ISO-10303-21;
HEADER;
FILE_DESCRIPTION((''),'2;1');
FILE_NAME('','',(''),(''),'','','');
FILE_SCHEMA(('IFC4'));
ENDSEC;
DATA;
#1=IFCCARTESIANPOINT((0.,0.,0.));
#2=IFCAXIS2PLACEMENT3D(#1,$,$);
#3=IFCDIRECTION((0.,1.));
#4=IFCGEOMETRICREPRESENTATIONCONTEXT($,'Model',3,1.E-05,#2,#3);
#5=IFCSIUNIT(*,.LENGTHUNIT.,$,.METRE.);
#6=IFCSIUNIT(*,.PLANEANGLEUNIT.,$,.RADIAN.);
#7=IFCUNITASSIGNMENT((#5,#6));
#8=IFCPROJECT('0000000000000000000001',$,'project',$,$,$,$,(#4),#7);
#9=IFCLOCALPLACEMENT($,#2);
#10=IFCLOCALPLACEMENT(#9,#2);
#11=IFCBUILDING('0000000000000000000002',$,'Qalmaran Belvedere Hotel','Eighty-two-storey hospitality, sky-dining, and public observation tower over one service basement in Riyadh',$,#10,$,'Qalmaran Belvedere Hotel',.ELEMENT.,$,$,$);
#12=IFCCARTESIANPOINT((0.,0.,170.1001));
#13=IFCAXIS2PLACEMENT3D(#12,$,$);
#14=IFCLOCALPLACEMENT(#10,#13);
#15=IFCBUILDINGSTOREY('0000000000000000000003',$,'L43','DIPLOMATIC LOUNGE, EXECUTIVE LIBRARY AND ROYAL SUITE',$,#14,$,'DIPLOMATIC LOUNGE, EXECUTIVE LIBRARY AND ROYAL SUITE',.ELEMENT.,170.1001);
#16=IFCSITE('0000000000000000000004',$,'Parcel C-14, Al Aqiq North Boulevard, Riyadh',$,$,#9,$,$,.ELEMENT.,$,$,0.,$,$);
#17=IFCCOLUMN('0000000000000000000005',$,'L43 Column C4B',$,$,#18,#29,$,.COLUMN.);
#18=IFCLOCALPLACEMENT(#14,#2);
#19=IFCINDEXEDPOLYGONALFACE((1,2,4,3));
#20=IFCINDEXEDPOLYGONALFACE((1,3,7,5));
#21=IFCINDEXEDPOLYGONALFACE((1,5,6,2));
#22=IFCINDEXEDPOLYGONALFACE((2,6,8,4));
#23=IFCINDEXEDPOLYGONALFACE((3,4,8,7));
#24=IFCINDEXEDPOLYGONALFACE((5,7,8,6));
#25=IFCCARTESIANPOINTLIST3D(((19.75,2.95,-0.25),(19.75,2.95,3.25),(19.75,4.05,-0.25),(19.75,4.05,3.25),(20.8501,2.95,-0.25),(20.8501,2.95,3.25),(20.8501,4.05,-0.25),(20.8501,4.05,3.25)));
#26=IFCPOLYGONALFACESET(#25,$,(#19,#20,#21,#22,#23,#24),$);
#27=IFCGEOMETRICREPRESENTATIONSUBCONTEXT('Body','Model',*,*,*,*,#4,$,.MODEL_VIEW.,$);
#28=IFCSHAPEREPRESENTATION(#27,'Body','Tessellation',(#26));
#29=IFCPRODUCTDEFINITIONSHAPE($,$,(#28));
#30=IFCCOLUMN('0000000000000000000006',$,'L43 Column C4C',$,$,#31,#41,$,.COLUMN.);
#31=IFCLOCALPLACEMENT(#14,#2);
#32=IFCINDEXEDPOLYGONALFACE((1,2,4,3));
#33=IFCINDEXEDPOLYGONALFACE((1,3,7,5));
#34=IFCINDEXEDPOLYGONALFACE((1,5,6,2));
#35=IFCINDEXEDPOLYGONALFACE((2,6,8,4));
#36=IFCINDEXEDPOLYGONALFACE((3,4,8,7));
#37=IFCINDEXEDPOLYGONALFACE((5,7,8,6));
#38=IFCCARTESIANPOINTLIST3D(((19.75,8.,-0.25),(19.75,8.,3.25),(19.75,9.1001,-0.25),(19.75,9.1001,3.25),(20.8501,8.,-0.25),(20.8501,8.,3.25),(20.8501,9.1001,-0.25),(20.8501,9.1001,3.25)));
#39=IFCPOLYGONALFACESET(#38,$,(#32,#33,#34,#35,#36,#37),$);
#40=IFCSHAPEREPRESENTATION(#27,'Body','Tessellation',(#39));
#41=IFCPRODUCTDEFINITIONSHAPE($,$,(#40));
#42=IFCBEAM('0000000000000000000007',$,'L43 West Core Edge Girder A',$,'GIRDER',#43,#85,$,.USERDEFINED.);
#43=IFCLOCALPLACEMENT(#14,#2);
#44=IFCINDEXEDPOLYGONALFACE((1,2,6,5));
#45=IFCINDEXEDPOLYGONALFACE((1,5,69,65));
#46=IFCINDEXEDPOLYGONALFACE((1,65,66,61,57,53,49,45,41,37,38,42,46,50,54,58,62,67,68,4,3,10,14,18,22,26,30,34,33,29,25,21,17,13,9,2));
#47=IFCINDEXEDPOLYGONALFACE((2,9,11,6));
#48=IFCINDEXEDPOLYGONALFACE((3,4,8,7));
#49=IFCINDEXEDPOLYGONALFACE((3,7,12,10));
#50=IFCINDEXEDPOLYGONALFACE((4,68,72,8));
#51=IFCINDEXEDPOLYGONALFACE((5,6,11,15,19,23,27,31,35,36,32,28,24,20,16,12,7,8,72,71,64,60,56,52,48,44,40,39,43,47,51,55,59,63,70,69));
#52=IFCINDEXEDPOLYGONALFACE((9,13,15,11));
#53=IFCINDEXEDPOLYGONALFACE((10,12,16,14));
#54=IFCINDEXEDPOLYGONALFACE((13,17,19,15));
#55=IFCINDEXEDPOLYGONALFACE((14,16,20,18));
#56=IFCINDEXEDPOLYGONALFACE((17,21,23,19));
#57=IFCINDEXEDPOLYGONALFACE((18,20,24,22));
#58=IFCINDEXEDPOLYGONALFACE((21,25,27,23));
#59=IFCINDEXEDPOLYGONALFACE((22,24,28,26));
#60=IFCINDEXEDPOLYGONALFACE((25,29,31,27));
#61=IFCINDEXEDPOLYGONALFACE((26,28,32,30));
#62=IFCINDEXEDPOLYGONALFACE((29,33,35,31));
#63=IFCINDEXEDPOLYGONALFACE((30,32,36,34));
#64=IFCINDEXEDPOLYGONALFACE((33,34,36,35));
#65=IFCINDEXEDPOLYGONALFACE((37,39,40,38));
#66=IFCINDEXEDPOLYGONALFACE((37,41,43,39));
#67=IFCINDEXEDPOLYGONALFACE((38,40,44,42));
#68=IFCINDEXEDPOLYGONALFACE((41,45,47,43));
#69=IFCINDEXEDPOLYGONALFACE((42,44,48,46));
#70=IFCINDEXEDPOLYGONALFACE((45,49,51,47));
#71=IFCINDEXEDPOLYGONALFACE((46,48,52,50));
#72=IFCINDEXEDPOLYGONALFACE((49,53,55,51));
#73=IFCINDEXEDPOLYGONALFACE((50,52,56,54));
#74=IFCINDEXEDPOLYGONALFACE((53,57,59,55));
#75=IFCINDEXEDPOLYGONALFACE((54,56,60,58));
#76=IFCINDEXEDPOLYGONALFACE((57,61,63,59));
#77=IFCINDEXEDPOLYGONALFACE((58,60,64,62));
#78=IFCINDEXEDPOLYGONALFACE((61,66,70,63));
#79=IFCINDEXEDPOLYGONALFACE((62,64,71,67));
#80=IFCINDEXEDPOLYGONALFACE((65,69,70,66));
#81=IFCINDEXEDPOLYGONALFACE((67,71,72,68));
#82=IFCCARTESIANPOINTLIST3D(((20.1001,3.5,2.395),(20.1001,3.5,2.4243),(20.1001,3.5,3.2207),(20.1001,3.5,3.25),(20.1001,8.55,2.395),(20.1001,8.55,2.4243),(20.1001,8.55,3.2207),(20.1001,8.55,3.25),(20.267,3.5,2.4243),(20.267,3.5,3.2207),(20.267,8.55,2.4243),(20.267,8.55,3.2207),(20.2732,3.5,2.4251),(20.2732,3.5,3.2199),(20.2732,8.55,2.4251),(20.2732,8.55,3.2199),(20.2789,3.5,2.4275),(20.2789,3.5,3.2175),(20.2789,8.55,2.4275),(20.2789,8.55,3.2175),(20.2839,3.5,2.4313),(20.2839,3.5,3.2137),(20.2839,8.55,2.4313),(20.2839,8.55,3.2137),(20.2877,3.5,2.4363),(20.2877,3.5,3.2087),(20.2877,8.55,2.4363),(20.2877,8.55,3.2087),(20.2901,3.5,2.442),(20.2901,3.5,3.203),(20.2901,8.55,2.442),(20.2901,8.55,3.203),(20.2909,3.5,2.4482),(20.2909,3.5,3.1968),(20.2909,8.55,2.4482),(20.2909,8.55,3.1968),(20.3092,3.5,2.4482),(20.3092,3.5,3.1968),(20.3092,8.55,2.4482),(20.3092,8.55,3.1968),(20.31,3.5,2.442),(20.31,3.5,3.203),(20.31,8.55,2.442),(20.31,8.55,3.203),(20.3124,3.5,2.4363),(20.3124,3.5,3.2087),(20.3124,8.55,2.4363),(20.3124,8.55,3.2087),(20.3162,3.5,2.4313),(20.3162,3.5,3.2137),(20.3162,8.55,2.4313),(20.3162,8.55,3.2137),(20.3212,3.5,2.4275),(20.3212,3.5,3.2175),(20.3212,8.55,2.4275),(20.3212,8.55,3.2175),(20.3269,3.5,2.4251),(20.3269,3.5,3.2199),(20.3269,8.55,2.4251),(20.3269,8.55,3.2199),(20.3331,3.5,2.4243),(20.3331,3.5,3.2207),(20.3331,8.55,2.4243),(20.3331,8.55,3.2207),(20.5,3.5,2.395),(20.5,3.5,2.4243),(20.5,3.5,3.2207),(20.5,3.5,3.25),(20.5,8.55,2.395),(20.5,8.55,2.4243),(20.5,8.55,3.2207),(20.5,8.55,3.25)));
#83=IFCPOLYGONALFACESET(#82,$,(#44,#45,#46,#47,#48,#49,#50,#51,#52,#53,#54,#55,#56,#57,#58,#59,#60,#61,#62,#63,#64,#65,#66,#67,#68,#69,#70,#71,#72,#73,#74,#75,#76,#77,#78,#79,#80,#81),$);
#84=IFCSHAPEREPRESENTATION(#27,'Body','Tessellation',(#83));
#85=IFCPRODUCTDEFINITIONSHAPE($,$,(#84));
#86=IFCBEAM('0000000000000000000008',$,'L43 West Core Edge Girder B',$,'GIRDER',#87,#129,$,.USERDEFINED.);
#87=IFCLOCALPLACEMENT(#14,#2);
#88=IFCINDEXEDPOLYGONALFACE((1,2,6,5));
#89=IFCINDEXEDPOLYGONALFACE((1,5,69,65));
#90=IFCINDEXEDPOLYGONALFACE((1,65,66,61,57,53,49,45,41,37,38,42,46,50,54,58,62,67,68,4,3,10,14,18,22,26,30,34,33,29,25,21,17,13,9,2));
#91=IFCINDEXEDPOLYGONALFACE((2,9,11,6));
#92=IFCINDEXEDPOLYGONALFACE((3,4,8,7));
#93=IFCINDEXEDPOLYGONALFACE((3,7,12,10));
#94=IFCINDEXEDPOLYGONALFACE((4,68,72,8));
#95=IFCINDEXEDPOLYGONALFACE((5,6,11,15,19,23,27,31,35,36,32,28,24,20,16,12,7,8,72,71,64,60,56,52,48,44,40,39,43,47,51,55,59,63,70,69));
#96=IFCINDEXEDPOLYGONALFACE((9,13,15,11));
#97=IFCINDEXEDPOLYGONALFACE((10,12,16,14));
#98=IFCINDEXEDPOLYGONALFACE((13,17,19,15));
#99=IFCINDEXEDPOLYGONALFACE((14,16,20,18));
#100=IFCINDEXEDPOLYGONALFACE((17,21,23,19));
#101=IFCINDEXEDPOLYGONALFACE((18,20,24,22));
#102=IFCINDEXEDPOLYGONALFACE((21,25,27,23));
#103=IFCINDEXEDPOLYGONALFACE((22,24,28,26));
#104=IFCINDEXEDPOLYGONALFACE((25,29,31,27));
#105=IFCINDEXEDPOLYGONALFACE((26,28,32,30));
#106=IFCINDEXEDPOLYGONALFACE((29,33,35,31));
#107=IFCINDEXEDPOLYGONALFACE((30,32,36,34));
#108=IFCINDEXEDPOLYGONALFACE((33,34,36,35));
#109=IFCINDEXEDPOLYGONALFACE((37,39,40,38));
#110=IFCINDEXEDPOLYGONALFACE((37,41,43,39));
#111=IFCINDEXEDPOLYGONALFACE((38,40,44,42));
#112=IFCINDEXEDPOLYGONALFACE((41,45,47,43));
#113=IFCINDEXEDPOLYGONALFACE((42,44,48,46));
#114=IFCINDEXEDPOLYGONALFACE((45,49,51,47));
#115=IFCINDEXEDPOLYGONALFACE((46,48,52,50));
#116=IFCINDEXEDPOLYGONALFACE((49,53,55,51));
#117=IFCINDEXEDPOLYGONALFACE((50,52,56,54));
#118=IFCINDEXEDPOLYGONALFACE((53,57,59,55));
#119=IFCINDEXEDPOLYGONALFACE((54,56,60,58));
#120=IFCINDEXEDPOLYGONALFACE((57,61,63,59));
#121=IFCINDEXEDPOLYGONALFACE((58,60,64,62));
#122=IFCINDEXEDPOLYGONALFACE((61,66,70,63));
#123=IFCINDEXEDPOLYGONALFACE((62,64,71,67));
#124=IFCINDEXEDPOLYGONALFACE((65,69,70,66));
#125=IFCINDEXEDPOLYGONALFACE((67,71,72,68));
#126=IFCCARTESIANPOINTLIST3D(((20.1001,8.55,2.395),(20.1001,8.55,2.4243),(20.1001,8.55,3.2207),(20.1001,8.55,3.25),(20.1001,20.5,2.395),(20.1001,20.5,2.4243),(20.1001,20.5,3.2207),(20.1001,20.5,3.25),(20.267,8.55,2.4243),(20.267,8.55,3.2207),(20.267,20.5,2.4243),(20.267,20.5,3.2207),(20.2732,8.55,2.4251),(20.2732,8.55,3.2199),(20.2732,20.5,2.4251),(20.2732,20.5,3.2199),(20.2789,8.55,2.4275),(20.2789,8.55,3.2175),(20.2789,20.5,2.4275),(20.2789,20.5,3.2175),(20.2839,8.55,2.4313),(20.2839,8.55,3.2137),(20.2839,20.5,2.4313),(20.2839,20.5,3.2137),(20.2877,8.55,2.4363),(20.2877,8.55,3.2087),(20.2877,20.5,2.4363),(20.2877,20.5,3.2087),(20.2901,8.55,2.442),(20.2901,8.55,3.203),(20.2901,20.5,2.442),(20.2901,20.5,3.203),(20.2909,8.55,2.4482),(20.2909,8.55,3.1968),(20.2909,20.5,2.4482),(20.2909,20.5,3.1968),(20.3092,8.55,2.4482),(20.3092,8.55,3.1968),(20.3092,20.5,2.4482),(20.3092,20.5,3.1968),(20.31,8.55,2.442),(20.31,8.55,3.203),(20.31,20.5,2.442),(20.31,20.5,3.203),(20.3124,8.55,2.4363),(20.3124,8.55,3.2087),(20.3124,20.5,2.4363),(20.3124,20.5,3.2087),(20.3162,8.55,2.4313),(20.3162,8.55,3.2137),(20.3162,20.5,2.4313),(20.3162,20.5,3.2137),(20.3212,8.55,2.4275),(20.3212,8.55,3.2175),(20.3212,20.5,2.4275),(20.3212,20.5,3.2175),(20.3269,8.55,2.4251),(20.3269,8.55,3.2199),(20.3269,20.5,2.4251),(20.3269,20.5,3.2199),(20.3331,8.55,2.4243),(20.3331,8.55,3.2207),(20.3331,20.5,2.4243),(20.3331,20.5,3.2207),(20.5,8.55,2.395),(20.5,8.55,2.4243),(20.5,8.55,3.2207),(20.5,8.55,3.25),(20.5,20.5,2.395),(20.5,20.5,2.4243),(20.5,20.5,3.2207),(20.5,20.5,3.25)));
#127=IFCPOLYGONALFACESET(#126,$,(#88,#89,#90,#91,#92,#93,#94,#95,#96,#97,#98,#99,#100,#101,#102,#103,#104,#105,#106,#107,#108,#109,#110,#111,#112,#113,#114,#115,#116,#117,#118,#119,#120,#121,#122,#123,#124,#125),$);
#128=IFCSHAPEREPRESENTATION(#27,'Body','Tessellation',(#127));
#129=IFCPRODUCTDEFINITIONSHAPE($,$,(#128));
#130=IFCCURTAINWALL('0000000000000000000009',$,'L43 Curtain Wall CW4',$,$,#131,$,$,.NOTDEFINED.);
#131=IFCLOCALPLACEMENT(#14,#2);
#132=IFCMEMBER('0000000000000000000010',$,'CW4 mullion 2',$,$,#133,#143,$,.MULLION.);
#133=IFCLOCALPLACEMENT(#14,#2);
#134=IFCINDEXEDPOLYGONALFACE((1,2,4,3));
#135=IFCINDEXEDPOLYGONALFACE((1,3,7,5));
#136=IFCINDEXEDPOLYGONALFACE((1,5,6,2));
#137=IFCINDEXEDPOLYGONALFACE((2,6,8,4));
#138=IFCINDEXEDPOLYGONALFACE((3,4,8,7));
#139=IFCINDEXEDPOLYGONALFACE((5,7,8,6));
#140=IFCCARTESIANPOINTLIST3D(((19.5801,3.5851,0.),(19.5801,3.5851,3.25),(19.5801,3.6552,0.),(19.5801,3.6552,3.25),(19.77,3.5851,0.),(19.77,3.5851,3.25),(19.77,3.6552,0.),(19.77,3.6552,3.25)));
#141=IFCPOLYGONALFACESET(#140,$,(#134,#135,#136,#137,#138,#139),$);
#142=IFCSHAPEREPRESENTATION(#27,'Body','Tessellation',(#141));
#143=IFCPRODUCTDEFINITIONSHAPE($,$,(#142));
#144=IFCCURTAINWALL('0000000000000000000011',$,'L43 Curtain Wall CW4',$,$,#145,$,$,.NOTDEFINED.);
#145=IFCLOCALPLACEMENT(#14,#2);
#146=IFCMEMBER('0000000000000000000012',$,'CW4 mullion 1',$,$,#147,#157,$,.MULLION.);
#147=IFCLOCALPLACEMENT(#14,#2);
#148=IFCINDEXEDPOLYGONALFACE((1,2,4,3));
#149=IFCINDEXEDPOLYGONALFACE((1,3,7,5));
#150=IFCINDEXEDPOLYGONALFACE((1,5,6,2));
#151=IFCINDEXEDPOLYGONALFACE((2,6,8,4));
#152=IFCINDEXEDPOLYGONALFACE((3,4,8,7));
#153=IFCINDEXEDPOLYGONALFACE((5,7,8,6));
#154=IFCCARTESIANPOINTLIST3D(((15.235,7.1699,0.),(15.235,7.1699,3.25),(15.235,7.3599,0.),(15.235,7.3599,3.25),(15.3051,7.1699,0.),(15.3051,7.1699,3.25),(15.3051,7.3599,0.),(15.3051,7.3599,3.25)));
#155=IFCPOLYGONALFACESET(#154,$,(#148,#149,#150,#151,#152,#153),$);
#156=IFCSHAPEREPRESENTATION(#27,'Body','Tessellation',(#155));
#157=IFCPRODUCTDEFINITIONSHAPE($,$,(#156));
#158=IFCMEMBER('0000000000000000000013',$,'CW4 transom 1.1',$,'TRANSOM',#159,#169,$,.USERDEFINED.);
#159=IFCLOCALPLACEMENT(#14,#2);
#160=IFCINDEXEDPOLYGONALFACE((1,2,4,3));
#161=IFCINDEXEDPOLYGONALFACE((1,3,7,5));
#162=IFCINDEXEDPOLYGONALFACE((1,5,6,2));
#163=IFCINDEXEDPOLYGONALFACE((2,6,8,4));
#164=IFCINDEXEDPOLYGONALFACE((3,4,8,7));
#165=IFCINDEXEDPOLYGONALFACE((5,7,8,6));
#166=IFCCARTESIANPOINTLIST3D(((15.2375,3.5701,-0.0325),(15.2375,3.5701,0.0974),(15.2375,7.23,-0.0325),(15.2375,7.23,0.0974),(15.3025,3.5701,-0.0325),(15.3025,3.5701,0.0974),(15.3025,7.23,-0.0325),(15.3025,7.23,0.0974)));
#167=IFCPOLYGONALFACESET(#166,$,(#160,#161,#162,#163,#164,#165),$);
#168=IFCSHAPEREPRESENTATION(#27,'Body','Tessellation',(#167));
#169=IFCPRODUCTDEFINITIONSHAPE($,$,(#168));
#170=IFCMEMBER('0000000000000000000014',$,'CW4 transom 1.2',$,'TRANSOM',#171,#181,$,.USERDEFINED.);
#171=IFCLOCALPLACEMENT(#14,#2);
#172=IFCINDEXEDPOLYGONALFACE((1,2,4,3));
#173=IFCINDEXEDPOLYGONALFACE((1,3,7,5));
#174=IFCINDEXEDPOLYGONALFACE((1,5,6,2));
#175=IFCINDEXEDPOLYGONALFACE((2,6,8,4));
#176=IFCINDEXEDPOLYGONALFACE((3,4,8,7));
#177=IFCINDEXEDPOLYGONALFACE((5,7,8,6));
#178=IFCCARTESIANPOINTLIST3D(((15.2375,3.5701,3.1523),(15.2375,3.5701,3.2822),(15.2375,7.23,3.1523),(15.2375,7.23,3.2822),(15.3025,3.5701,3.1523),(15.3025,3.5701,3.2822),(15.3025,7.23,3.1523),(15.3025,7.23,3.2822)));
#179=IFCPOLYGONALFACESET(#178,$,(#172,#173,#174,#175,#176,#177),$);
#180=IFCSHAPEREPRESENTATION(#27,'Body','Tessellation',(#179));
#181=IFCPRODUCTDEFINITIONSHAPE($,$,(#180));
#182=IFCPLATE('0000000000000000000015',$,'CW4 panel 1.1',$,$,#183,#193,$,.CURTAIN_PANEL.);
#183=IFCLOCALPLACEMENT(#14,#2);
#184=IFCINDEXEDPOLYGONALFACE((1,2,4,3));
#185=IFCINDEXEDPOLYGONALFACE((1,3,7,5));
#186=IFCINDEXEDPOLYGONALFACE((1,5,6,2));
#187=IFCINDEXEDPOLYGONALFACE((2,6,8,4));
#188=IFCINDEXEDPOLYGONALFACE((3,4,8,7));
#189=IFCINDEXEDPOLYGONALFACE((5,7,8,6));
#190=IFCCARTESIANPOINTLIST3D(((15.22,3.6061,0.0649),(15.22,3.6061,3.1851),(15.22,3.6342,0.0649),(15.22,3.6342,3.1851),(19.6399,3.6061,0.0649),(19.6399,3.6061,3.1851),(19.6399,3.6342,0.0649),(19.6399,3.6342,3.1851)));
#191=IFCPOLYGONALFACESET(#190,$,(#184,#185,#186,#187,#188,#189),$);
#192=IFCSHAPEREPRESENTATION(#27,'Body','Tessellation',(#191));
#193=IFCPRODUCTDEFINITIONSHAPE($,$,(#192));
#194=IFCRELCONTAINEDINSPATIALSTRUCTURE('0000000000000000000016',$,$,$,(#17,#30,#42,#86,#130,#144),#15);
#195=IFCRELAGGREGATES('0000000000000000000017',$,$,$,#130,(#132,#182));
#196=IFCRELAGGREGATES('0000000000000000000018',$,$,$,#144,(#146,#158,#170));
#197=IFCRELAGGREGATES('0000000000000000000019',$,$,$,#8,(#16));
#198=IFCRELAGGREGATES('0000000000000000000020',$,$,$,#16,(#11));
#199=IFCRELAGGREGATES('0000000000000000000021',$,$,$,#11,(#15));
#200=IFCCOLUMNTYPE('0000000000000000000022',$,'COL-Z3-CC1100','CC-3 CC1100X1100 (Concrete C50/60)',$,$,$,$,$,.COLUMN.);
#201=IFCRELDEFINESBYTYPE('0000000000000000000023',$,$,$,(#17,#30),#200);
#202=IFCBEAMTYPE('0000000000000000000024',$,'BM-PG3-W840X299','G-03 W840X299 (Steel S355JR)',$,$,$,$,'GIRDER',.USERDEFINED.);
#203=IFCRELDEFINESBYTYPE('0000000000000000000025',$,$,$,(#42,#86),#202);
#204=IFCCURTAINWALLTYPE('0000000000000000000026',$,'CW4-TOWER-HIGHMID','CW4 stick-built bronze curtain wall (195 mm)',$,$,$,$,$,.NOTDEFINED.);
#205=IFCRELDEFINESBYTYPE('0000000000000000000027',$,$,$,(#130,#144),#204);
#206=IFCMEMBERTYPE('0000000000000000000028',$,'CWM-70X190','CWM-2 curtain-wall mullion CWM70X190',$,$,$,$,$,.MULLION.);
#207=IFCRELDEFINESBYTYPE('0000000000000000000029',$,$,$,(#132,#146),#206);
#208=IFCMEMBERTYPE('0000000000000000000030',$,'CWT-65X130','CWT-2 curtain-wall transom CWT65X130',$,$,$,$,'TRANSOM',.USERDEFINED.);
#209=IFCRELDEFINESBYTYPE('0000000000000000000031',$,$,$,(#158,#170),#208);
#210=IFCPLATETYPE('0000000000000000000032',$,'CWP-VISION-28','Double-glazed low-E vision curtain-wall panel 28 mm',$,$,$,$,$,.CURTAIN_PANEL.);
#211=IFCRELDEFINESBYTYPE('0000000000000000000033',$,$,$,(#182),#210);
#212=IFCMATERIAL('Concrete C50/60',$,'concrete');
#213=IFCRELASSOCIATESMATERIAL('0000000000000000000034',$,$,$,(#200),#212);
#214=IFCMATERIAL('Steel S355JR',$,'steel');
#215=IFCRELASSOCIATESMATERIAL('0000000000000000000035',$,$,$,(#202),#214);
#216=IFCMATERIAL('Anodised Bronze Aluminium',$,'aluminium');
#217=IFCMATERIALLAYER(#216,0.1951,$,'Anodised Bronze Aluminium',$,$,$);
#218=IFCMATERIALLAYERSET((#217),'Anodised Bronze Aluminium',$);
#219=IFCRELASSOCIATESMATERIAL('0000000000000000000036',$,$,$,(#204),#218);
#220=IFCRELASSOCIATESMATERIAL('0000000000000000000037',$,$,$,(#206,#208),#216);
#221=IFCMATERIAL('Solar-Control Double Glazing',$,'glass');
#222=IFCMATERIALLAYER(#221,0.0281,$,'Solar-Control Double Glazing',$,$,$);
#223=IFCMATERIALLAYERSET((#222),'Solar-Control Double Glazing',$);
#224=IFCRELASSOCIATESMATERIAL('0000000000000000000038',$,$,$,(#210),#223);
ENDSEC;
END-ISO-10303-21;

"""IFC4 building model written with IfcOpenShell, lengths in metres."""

from ifc_helpers import new_model, si_unit, direction, frame, origin, origin_2d, place, context, subcontext, project, spatial, rectangle, i_section, extrude, material, layer, layer_set, material_profile, profile_set, type_object, element, aggregate, save


model = new_model("IFC4")

# Units and contexts
model_context = context("Model", 3, precision=1e-05, world=origin(), true_north=direction((0.0, 1.0)))
body_context = subcontext(model_context, "Body", "Model", "MODEL_VIEW")
ifc_project = project(units=[si_unit("LENGTHUNIT", "METRE"), si_unit("PLANEANGLEUNIT", "RADIAN")], contexts=[model_context])

# Site, building, storey
site_placement = place(None, origin())
site = spatial("IfcSite", under=ifc_project, at=site_placement, Name="Parcel C-14, Al Aqiq North Boulevard, Riyadh", CompositionType="ELEMENT", RefElevation=0.0)
building_placement = place(site_placement, origin())
building = spatial("IfcBuilding", under=site, at=building_placement, Name="Qalmaran Belvedere Hotel", Description="Eighty-two-storey hospitality, sky-dining, and public observation tower over one service basement in Riyadh", LongName="Qalmaran Belvedere Hotel", CompositionType="ELEMENT")
storey_placement = place(building_placement, frame((0.0, 0.0, 170.1001)))
storey = spatial("IfcBuildingStorey", under=building, at=storey_placement, Name="L43", Description="DIPLOMATIC LOUNGE, EXECUTIVE LIBRARY AND ROYAL SUITE", LongName="DIPLOMATIC LOUNGE, EXECUTIVE LIBRARY AND ROYAL SUITE", CompositionType="ELEMENT", Elevation=170.1001)

# Columns
ifc_material_1 = material(Name="Concrete C50/60", Category="concrete")
ifc_material_profile_1 = material_profile(ifc_material_1, rectangle(XDim=1.1001, YDim=1.1001, at=origin_2d()), Name="CC1100X1100")
ifc_profile_set_1 = profile_set([ifc_material_profile_1], Name="Concrete C50/60")
column_type = type_object("IfcColumnType", Name="COL-Z3-CC1100", Description="CC-3 CC1100X1100 (Concrete C50/60)", PredefinedType="COLUMN", material=ifc_profile_set_1)
for number, where, z_axis, x_axis, name in (
    (1, (20.3, 3.5, -0.25), (0.0, 0.0, 1.0), (1.0, 0.0, 0.0), "L43 Column C4B"),
    (2, (20.3, 8.55, -0.25), (0.0, 0.0, 1.0), (1.0, 0.0, 0.0), "L43 Column C4C"),
):
    element("IfcColumn", number, at=place(storey_placement, frame(where, z_axis=z_axis, x_axis=x_axis)), inside=storey, type_object=column_type, Name=name, PredefinedType="COLUMN", context=body_context, shape_type="SweptSolid", body=[
        extrude(rectangle(XDim=1.1001, YDim=1.1001, at=origin_2d()), origin(), (0.0, 0.0, 1.0), 3.5),
    ])

# Beams
ifc_material_2 = material(Name="Steel S355JR", Category="steel")
ifc_material_profile_2 = material_profile(ifc_material_2, i_section(OverallWidth=0.3999, OverallDepth=0.855, WebThickness=0.0183, FlangeThickness=0.0293, FilletRadius=0.0239, at=origin_2d()), Name="W840X299")
ifc_profile_set_2 = profile_set([ifc_material_profile_2], Name="Steel S355JR")
beam_type = type_object("IfcBeamType", Name="BM-PG3-W840X299", Description="G-03 W840X299 (Steel S355JR)", ElementType="GIRDER", PredefinedType="USERDEFINED", material=ifc_profile_set_2)
beam_1_placement = place(storey_placement, frame((20.3, 3.5, 2.8225), z_axis=(0.0, 1.0, 0.0), x_axis=(-1.0, 0.0, 0.0)))
element("IfcBeam", 3, at=beam_1_placement, inside=storey, type_object=beam_type, Name="L43 West Core Edge Girder A", ObjectType="GIRDER", PredefinedType="USERDEFINED", context=body_context, shape_type="SweptSolid", body=[
    extrude(i_section(OverallWidth=0.3999, OverallDepth=0.855, WebThickness=0.0183, FlangeThickness=0.0293, FilletRadius=0.0239, at=origin_2d()), origin(), (0.0, 0.0, 1.0), 5.05),
])
beam_2_placement = place(storey_placement, frame((20.3, 8.55, 2.8225), z_axis=(0.0, 1.0, 0.0), x_axis=(-1.0, 0.0, 0.0)))
element("IfcBeam", 4, at=beam_2_placement, inside=storey, type_object=beam_type, Name="L43 West Core Edge Girder B", ObjectType="GIRDER", PredefinedType="USERDEFINED", context=body_context, shape_type="SweptSolid", body=[
    extrude(i_section(OverallWidth=0.3999, OverallDepth=0.855, WebThickness=0.0183, FlangeThickness=0.0293, FilletRadius=0.0239, at=origin_2d()), origin(), (0.0, 0.0, 1.0), 11.95),
])

# Curtain wall, member
ifc_material_3 = material(Name="Anodised Bronze Aluminium", Category="aluminium")
ifc_layer_1 = layer(ifc_material_3, 0.1951, Name="Anodised Bronze Aluminium")
ifc_layer_set_1 = layer_set([ifc_layer_1], Name="Anodised Bronze Aluminium")
curtain_wall_type = type_object("IfcCurtainWallType", Name="CW4-TOWER-HIGHMID", Description="CW4 stick-built bronze curtain wall (195 mm)", PredefinedType="NOTDEFINED", material=ifc_layer_set_1)
curtain_wall_1_placement = place(storey_placement, origin())
curtain_wall_1 = element("IfcCurtainWall", 5, at=curtain_wall_1_placement, inside=storey, type_object=curtain_wall_type, Name="L43 Curtain Wall CW4", PredefinedType="NOTDEFINED")
ifc_material_profile_3 = material_profile(ifc_material_3, rectangle(XDim=0.0701, YDim=0.1899, at=origin_2d()), Name="CWM70X190")
ifc_profile_set_3 = profile_set([ifc_material_profile_3], Name="Anodised Bronze Aluminium")
member_type_1 = type_object("IfcMemberType", Name="CWM-70X190", Description="CWM-2 curtain-wall mullion CWM70X190", PredefinedType="MULLION", material=ifc_profile_set_3)
member_1_placement = place(storey_placement, frame((19.675, 3.6201, 0.0), z_axis=(0.0, 0.0, 1.0), x_axis=(0.0, 1.0, 0.0)))
member_1 = element("IfcMember", 6, at=member_1_placement, type_object=member_type_1, Name="CW4 mullion 2", PredefinedType="MULLION", context=body_context, shape_type="SweptSolid", body=[
    extrude(rectangle(XDim=0.0701, YDim=0.1899, at=origin_2d()), origin(), (0.0, 0.0, 1.0), 3.25),
])

# Curtain wall, members
curtain_wall_2_placement = place(storey_placement, origin())
curtain_wall_2 = element("IfcCurtainWall", 7, at=curtain_wall_2_placement, inside=storey, type_object=curtain_wall_type, Name="L43 Curtain Wall CW4", PredefinedType="NOTDEFINED")
member_2_placement = place(storey_placement, frame((15.27, 7.2649, 0.0), z_axis=(0.0, 0.0, 1.0), x_axis=(1.0, 0.0, 0.0)))
member_2 = element("IfcMember", 8, at=member_2_placement, type_object=member_type_1, Name="CW4 mullion 1", PredefinedType="MULLION", context=body_context, shape_type="SweptSolid", body=[
    extrude(rectangle(XDim=0.0701, YDim=0.1899, at=origin_2d()), origin(), (0.0, 0.0, 1.0), 3.25),
])
ifc_material_profile_4 = material_profile(ifc_material_3, rectangle(XDim=0.0649, YDim=0.1299, at=origin_2d()), Name="CWT65X130")
ifc_profile_set_4 = profile_set([ifc_material_profile_4], Name="Anodised Bronze Aluminium")
member_type_2 = type_object("IfcMemberType", Name="CWT-65X130", Description="CWT-2 curtain-wall transom CWT65X130", ElementType="TRANSOM", PredefinedType="USERDEFINED", material=ifc_profile_set_4)
member_3_placement = place(storey_placement, frame((15.27, 7.23, 0.0325), z_axis=(0.0, -1.0, 0.0), x_axis=(1.0, 0.0, 0.0)))
member_3 = element("IfcMember", 9, at=member_3_placement, type_object=member_type_2, Name="CW4 transom 1.1", ObjectType="TRANSOM", PredefinedType="USERDEFINED", context=body_context, shape_type="SweptSolid", body=[
    extrude(rectangle(XDim=0.0649, YDim=0.1299, at=origin_2d()), origin(), (0.0, 0.0, 1.0), 3.6599),
])
member_4_placement = place(storey_placement, frame((15.27, 7.23, 3.2173), z_axis=(0.0, -1.0, 0.0), x_axis=(1.0, 0.0, 0.0)))
member_4 = element("IfcMember", 10, at=member_4_placement, type_object=member_type_2, Name="CW4 transom 1.2", ObjectType="TRANSOM", PredefinedType="USERDEFINED", context=body_context, shape_type="SweptSolid", body=[
    extrude(rectangle(XDim=0.0649, YDim=0.1299, at=origin_2d()), origin(), (0.0, 0.0, 1.0), 3.6599),
])

# Plate
ifc_material_4 = material(Name="Solar-Control Double Glazing", Category="glass")
ifc_layer_2 = layer(ifc_material_4, 0.0281, Name="Solar-Control Double Glazing")
ifc_layer_set_2 = layer_set([ifc_layer_2], Name="Solar-Control Double Glazing")
plate_type = type_object("IfcPlateType", Name="CWP-VISION-28", Description="Double-glazed low-E vision curtain-wall panel 28 mm", PredefinedType="CURTAIN_PANEL", material=ifc_layer_set_2)
plate_1_placement = place(storey_placement, frame((17.4299, 3.6201, 0.0649), z_axis=(0.0, 0.0, 1.0), x_axis=(1.0, 0.0, 0.0)))
plate_1 = element("IfcPlate", 11, at=plate_1_placement, type_object=plate_type, Name="CW4 panel 1.1", PredefinedType="CURTAIN_PANEL", context=body_context, shape_type="SweptSolid", body=[
    extrude(rectangle(XDim=4.4199, YDim=0.0281, at=origin_2d()), origin(), (0.0, 0.0, 1.0), 3.1201),
])
aggregate(curtain_wall_1, [member_1, plate_1])
aggregate(curtain_wall_2, [member_2, member_3, member_4])

save(model, "model.ifc")
